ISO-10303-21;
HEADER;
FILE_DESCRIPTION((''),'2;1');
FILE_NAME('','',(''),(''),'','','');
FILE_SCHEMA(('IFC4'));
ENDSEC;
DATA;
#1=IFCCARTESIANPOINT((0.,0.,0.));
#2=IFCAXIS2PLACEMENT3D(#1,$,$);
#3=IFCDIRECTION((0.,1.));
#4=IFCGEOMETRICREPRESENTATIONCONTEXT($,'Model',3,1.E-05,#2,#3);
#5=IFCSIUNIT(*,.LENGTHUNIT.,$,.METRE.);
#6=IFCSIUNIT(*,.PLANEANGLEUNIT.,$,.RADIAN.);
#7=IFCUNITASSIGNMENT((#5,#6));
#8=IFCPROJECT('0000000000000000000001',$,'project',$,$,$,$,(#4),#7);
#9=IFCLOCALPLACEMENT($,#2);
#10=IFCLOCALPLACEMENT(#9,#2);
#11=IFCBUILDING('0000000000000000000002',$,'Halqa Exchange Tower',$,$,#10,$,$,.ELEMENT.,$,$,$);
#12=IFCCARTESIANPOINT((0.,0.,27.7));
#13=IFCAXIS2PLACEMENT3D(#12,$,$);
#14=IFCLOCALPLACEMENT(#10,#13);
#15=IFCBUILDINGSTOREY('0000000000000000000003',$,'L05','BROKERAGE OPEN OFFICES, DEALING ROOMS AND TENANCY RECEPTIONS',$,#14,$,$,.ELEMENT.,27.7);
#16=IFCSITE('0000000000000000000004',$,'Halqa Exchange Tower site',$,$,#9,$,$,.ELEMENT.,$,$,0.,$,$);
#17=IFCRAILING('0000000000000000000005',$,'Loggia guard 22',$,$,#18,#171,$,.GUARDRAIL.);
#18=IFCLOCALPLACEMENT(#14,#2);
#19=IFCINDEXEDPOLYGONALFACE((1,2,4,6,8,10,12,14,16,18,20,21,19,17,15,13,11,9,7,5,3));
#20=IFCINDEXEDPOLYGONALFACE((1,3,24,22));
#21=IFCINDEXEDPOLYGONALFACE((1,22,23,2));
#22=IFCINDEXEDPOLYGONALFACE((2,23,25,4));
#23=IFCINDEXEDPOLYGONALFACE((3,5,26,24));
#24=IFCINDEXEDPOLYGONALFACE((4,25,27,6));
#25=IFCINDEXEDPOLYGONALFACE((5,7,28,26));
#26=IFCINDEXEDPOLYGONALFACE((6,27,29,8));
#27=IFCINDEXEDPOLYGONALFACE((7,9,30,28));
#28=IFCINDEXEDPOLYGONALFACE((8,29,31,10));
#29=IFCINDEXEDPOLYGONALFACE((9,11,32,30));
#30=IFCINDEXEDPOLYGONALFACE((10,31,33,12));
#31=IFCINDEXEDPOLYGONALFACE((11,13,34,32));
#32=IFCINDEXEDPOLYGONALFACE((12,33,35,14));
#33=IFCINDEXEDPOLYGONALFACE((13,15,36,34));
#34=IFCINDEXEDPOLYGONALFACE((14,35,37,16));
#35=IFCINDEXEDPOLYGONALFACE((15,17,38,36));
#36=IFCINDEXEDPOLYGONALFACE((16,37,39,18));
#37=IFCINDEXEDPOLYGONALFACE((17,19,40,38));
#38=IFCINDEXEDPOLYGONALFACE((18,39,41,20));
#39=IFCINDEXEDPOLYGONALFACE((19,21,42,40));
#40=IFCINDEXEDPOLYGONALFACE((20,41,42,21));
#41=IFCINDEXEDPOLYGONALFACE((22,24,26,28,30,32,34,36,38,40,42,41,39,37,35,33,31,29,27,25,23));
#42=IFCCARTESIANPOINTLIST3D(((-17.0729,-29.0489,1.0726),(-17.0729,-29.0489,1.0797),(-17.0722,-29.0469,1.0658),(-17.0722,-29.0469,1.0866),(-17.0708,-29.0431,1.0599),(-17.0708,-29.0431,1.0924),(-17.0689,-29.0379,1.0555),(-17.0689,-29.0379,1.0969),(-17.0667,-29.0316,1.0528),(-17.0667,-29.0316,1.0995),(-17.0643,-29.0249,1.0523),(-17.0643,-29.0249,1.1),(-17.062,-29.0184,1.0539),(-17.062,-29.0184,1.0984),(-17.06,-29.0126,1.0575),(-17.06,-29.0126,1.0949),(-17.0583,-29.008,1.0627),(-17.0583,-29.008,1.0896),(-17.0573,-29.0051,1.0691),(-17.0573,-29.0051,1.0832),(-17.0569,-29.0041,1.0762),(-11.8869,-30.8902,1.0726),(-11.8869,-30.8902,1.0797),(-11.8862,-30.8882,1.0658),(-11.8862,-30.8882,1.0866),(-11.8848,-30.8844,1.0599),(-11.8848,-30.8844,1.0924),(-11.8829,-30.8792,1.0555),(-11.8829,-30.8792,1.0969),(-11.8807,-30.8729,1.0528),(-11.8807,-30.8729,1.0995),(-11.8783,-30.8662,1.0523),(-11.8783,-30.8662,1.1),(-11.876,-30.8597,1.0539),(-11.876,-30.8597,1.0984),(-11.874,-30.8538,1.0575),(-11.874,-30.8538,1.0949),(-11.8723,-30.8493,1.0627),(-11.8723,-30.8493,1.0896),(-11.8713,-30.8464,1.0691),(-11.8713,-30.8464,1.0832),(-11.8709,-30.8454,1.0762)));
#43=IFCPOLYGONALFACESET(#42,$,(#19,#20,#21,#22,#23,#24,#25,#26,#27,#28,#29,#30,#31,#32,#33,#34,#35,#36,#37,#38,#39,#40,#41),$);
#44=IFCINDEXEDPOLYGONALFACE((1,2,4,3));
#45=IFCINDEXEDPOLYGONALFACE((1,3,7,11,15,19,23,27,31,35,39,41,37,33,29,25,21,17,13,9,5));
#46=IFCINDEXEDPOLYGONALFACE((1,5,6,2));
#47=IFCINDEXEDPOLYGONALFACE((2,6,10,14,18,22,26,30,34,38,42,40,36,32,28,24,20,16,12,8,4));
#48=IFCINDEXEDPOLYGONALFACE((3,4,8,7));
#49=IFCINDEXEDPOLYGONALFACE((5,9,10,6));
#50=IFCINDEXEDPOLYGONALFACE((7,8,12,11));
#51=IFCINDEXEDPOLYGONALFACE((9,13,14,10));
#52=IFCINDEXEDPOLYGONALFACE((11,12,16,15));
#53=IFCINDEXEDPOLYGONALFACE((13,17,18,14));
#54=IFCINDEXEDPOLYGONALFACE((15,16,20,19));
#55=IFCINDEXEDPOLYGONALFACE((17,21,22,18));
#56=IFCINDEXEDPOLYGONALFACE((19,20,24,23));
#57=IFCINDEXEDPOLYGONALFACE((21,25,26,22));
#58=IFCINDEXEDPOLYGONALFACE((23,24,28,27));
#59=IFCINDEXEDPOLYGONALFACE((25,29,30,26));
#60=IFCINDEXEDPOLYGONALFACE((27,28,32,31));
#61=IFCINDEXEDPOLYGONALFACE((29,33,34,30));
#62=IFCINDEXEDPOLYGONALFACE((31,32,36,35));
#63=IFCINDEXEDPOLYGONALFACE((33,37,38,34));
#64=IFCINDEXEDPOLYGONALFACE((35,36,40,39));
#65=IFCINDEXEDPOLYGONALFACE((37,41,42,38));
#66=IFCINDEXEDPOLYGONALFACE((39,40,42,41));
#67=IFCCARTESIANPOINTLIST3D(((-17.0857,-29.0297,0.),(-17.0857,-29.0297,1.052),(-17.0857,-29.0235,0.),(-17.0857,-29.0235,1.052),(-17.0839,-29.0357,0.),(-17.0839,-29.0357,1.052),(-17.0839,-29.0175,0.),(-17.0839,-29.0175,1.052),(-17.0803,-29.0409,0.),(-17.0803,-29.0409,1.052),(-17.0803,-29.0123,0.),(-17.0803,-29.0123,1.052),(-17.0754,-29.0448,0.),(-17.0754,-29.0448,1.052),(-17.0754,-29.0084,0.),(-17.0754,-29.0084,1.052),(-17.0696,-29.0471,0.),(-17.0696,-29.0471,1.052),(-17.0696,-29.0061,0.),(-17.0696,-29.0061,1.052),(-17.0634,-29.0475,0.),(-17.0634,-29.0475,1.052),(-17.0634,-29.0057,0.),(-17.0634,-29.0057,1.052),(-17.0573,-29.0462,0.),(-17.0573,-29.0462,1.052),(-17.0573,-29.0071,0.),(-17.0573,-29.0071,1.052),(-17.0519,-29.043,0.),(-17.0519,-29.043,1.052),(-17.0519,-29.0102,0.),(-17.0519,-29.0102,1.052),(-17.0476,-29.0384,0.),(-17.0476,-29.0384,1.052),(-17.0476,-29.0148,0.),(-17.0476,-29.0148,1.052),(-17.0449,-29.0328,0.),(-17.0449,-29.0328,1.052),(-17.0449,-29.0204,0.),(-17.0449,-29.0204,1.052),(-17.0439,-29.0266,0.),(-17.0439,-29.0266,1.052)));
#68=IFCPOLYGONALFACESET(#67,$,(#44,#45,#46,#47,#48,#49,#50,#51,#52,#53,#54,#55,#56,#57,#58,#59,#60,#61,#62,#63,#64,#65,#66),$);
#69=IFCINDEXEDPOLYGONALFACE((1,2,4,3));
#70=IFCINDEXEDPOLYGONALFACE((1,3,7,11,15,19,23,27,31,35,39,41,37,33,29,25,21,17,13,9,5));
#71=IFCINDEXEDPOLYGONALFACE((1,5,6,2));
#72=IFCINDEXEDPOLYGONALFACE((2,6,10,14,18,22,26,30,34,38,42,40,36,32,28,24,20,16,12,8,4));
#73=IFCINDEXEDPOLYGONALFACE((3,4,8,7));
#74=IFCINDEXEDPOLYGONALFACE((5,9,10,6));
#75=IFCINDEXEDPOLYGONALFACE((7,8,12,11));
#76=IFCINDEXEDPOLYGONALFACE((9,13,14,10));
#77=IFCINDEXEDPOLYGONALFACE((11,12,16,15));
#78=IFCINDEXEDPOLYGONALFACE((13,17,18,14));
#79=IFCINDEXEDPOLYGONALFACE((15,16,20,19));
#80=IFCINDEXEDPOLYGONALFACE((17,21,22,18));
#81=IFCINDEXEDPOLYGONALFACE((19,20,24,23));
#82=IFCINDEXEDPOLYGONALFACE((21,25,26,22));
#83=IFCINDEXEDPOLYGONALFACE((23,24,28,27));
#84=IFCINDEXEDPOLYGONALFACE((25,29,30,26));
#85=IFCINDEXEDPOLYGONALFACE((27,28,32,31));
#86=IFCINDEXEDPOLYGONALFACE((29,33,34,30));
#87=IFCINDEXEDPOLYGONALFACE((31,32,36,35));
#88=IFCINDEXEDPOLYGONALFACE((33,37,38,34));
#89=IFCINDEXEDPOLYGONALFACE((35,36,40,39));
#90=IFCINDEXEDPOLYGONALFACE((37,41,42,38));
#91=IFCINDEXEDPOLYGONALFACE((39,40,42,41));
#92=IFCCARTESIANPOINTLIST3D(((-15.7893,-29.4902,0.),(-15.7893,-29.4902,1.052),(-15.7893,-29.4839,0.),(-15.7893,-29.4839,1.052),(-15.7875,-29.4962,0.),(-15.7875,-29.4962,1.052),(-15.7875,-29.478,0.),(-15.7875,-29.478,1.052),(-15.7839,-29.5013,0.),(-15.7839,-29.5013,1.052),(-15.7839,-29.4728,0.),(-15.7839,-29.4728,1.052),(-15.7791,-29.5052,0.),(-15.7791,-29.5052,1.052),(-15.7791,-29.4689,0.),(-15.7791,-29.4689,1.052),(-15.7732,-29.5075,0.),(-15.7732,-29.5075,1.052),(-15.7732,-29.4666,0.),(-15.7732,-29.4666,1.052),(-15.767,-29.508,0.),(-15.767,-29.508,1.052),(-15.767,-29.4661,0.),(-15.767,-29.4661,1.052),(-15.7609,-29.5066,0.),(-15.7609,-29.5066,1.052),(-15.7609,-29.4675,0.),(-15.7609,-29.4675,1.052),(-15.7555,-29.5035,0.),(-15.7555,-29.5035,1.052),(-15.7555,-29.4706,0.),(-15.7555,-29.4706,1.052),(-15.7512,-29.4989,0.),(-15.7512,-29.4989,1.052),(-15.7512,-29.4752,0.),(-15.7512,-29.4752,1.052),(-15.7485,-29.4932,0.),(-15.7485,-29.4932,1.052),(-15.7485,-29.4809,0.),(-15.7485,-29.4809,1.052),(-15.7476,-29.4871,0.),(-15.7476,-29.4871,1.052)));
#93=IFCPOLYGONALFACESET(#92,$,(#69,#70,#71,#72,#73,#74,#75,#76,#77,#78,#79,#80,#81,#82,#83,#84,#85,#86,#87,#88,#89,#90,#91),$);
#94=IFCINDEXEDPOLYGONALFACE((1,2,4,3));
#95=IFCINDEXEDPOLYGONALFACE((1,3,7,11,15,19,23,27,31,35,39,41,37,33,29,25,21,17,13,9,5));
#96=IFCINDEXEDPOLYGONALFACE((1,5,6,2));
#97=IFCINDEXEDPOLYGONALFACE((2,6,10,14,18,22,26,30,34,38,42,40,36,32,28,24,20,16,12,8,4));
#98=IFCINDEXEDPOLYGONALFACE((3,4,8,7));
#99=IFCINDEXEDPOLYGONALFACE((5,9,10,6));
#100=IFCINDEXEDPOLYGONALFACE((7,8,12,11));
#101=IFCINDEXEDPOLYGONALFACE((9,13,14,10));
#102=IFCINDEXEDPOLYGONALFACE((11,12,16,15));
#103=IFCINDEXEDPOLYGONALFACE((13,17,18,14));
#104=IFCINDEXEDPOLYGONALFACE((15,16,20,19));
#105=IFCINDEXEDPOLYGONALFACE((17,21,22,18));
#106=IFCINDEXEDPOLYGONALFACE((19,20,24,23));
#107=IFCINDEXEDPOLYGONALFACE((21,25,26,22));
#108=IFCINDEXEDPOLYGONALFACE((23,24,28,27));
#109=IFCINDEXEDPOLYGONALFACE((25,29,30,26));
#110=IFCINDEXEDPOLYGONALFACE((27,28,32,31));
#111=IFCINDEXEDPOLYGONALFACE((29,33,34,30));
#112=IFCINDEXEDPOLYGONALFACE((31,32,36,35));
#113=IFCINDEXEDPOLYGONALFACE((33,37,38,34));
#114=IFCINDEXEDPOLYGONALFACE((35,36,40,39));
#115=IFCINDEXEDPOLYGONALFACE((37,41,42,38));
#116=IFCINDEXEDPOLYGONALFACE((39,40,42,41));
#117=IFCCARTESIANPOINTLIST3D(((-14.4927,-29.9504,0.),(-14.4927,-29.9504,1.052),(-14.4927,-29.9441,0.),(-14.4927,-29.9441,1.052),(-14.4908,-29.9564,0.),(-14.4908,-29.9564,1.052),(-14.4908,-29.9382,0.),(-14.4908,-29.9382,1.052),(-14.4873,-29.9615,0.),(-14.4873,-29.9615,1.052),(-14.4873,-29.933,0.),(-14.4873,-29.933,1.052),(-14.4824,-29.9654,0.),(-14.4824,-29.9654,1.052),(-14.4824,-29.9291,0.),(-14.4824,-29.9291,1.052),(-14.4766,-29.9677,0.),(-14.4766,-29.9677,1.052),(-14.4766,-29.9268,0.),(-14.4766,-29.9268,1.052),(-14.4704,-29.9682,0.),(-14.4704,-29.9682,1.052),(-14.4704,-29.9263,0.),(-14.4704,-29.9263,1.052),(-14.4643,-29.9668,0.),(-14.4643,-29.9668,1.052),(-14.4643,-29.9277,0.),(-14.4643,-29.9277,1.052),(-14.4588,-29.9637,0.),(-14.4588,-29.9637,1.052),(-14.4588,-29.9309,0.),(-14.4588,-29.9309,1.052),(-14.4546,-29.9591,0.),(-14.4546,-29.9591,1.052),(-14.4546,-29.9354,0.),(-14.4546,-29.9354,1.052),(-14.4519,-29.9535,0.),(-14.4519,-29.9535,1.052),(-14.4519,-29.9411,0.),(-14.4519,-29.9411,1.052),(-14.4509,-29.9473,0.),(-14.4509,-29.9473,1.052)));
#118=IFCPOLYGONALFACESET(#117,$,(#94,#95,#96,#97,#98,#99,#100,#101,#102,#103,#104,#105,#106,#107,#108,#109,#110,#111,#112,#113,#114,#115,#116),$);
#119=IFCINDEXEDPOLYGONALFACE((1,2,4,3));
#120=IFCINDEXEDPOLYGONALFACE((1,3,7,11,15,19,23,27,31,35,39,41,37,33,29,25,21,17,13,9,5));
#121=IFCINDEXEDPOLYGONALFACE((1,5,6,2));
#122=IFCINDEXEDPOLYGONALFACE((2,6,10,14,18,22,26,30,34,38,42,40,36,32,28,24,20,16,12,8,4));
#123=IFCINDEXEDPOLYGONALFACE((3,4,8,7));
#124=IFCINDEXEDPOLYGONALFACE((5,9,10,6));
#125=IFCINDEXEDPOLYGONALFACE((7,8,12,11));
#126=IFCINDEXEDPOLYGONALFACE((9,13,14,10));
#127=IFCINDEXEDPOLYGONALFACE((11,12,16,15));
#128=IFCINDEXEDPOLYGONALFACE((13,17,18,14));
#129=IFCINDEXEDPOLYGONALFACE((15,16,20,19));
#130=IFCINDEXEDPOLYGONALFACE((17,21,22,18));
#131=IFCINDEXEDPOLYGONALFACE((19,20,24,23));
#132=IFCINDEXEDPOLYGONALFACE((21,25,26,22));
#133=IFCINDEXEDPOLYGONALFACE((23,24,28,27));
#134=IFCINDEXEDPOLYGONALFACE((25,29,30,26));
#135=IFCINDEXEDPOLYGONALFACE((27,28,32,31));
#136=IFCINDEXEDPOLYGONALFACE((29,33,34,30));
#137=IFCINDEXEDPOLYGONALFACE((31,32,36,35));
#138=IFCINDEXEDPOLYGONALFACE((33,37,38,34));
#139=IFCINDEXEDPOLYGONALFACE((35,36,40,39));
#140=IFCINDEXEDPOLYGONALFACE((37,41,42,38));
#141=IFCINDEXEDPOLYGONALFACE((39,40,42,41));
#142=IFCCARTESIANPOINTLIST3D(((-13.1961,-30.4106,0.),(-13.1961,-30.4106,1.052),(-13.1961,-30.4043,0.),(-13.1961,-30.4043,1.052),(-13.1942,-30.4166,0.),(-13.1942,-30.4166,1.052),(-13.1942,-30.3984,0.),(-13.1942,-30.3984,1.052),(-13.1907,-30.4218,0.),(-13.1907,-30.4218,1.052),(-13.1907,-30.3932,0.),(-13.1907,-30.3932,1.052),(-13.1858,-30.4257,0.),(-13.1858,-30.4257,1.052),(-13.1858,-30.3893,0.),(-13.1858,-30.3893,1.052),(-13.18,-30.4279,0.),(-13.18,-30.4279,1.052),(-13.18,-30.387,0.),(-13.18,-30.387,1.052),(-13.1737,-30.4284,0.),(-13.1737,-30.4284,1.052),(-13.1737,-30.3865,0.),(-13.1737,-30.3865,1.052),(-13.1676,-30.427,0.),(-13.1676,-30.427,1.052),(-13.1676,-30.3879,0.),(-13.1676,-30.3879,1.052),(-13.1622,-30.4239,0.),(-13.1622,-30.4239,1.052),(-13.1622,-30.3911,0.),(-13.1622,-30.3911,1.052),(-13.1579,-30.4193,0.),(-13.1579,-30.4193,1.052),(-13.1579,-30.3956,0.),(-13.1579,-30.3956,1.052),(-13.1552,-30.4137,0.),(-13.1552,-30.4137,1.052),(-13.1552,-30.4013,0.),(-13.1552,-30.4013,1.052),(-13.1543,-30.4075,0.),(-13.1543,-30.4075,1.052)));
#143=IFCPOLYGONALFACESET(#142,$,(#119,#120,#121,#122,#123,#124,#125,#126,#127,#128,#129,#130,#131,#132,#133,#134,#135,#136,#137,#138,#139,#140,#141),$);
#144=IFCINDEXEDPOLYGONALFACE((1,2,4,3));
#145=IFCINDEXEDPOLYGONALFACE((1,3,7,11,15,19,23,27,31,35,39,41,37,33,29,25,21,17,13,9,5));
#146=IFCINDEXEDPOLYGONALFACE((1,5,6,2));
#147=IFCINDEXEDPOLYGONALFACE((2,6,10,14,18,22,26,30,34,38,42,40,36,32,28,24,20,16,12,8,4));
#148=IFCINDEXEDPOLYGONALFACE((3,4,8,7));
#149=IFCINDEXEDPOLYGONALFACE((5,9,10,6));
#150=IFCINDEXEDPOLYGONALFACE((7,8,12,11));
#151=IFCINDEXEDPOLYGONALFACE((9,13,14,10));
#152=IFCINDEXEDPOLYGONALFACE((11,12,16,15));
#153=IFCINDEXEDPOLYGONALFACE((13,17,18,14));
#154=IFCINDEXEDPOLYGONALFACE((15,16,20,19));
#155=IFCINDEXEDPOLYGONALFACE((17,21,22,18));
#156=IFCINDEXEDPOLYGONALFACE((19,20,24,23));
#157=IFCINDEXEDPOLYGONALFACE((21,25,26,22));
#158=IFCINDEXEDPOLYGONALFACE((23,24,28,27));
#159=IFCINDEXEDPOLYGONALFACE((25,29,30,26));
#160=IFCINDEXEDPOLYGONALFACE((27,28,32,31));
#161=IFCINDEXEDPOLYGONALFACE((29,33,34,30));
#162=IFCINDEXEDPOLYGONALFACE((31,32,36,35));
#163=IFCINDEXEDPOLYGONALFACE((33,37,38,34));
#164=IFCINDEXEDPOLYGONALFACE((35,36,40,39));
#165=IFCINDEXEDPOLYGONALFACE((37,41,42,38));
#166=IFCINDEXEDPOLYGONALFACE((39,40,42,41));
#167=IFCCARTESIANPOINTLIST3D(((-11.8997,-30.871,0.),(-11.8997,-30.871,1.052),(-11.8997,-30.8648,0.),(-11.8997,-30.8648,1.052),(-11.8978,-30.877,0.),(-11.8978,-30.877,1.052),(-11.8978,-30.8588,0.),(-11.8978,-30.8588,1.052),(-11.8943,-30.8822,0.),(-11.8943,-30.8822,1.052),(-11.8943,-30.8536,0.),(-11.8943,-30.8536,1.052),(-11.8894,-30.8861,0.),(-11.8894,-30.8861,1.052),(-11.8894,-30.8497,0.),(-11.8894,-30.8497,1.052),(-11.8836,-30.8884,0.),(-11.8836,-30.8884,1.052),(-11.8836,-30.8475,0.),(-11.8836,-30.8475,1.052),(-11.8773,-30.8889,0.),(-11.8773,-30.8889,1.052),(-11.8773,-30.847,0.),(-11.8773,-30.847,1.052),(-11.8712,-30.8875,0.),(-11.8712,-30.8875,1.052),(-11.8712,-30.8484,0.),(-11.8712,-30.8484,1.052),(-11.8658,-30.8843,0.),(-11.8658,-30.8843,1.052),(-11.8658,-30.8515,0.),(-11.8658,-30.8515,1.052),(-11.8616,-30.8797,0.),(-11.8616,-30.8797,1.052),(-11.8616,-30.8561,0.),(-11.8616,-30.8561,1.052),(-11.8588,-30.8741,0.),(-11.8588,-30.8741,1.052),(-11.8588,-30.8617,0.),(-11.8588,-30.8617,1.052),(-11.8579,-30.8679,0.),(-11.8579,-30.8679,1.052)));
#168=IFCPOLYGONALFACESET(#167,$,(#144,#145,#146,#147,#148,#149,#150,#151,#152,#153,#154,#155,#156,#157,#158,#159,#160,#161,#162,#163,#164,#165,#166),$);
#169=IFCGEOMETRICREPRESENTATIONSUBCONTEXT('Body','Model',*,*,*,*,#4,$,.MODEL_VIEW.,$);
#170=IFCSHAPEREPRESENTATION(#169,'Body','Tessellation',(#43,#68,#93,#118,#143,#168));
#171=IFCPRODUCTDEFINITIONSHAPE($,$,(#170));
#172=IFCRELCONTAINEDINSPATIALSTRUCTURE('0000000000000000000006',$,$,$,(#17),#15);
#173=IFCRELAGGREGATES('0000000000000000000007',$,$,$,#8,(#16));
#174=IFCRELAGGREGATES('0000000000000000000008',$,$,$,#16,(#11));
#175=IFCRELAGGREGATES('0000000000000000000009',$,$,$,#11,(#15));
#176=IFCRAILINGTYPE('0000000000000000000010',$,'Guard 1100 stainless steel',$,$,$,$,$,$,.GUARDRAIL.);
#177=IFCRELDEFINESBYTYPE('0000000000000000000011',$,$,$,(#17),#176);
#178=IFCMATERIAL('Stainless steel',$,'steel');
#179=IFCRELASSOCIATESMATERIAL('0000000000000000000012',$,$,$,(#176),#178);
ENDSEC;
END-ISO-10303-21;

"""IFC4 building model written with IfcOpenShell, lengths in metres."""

from ifc_helpers import new_model, si_unit, direction, frame, origin, origin_2d, place, context, subcontext, project, spatial, circle, extrude, material, type_object, element, save


model = new_model("IFC4")

# Units and contexts
model_context = context("Model", 3, precision=1e-05, world=origin(), true_north=direction((0.0, 1.0)))
body_context = subcontext(model_context, "Body", "Model", "MODEL_VIEW")
ifc_project = project(units=[si_unit("LENGTHUNIT", "METRE"), si_unit("PLANEANGLEUNIT", "RADIAN")], contexts=[model_context])

# Site, building, storey
site_placement = place(None, origin())
site = spatial("IfcSite", under=ifc_project, at=site_placement, Name="Halqa Exchange Tower site", CompositionType="ELEMENT", RefElevation=0.0)
building_placement = place(site_placement, origin())
building = spatial("IfcBuilding", under=site, at=building_placement, Name="Halqa Exchange Tower", CompositionType="ELEMENT")
storey_placement = place(building_placement, frame((0.0, 0.0, 27.7)))
storey = spatial("IfcBuildingStorey", under=building, at=storey_placement, Name="L05", Description="BROKERAGE OPEN OFFICES, DEALING ROOMS AND TENANCY RECEPTIONS", CompositionType="ELEMENT", Elevation=27.7)

# Railing
ifc_material_1 = material(Name="Stainless steel", Category="steel")
railing_type = type_object("IfcRailingType", Name="Guard 1100 stainless steel", PredefinedType="GUARDRAIL", material=ifc_material_1)
railing_1_placement = place(storey_placement, frame((-17.0649, -29.0266, 0.0)))
element("IfcRailing", 1, at=railing_1_placement, inside=storey, type_object=railing_type, Name="Loggia guard 22", PredefinedType="GUARDRAIL", context=body_context, shape_type="SweptSolid", body=[
    extrude(circle(Radius=0.0239, at=origin_2d()), frame((0.0, 0.0, 1.0762), z_axis=(0.942365, -0.334588, 0.0), x_axis=(0.334588, 0.942365, 0.0)), (0.0, 0.0, 1.0), 5.5032),
    extrude(circle(Radius=0.021, at=origin_2d()), origin(), (0.0, 0.0, 1.0), 1.052),
    extrude(circle(Radius=0.021, at=origin_2d()), frame((1.2964, -0.4604, 0.0)), (0.0, 0.0, 1.0), 1.052),
    extrude(circle(Radius=0.021, at=origin_2d()), frame((2.593, -0.9207, 0.0)), (0.0, 0.0, 1.0), 1.052),
    extrude(circle(Radius=0.021, at=origin_2d()), frame((3.8896, -1.3809, 0.0)), (0.0, 0.0, 1.0), 1.052),
    extrude(circle(Radius=0.021, at=origin_2d()), frame((5.186, -1.8413, 0.0)), (0.0, 0.0, 1.0), 1.052),
])

save(model, "model.ifc")
